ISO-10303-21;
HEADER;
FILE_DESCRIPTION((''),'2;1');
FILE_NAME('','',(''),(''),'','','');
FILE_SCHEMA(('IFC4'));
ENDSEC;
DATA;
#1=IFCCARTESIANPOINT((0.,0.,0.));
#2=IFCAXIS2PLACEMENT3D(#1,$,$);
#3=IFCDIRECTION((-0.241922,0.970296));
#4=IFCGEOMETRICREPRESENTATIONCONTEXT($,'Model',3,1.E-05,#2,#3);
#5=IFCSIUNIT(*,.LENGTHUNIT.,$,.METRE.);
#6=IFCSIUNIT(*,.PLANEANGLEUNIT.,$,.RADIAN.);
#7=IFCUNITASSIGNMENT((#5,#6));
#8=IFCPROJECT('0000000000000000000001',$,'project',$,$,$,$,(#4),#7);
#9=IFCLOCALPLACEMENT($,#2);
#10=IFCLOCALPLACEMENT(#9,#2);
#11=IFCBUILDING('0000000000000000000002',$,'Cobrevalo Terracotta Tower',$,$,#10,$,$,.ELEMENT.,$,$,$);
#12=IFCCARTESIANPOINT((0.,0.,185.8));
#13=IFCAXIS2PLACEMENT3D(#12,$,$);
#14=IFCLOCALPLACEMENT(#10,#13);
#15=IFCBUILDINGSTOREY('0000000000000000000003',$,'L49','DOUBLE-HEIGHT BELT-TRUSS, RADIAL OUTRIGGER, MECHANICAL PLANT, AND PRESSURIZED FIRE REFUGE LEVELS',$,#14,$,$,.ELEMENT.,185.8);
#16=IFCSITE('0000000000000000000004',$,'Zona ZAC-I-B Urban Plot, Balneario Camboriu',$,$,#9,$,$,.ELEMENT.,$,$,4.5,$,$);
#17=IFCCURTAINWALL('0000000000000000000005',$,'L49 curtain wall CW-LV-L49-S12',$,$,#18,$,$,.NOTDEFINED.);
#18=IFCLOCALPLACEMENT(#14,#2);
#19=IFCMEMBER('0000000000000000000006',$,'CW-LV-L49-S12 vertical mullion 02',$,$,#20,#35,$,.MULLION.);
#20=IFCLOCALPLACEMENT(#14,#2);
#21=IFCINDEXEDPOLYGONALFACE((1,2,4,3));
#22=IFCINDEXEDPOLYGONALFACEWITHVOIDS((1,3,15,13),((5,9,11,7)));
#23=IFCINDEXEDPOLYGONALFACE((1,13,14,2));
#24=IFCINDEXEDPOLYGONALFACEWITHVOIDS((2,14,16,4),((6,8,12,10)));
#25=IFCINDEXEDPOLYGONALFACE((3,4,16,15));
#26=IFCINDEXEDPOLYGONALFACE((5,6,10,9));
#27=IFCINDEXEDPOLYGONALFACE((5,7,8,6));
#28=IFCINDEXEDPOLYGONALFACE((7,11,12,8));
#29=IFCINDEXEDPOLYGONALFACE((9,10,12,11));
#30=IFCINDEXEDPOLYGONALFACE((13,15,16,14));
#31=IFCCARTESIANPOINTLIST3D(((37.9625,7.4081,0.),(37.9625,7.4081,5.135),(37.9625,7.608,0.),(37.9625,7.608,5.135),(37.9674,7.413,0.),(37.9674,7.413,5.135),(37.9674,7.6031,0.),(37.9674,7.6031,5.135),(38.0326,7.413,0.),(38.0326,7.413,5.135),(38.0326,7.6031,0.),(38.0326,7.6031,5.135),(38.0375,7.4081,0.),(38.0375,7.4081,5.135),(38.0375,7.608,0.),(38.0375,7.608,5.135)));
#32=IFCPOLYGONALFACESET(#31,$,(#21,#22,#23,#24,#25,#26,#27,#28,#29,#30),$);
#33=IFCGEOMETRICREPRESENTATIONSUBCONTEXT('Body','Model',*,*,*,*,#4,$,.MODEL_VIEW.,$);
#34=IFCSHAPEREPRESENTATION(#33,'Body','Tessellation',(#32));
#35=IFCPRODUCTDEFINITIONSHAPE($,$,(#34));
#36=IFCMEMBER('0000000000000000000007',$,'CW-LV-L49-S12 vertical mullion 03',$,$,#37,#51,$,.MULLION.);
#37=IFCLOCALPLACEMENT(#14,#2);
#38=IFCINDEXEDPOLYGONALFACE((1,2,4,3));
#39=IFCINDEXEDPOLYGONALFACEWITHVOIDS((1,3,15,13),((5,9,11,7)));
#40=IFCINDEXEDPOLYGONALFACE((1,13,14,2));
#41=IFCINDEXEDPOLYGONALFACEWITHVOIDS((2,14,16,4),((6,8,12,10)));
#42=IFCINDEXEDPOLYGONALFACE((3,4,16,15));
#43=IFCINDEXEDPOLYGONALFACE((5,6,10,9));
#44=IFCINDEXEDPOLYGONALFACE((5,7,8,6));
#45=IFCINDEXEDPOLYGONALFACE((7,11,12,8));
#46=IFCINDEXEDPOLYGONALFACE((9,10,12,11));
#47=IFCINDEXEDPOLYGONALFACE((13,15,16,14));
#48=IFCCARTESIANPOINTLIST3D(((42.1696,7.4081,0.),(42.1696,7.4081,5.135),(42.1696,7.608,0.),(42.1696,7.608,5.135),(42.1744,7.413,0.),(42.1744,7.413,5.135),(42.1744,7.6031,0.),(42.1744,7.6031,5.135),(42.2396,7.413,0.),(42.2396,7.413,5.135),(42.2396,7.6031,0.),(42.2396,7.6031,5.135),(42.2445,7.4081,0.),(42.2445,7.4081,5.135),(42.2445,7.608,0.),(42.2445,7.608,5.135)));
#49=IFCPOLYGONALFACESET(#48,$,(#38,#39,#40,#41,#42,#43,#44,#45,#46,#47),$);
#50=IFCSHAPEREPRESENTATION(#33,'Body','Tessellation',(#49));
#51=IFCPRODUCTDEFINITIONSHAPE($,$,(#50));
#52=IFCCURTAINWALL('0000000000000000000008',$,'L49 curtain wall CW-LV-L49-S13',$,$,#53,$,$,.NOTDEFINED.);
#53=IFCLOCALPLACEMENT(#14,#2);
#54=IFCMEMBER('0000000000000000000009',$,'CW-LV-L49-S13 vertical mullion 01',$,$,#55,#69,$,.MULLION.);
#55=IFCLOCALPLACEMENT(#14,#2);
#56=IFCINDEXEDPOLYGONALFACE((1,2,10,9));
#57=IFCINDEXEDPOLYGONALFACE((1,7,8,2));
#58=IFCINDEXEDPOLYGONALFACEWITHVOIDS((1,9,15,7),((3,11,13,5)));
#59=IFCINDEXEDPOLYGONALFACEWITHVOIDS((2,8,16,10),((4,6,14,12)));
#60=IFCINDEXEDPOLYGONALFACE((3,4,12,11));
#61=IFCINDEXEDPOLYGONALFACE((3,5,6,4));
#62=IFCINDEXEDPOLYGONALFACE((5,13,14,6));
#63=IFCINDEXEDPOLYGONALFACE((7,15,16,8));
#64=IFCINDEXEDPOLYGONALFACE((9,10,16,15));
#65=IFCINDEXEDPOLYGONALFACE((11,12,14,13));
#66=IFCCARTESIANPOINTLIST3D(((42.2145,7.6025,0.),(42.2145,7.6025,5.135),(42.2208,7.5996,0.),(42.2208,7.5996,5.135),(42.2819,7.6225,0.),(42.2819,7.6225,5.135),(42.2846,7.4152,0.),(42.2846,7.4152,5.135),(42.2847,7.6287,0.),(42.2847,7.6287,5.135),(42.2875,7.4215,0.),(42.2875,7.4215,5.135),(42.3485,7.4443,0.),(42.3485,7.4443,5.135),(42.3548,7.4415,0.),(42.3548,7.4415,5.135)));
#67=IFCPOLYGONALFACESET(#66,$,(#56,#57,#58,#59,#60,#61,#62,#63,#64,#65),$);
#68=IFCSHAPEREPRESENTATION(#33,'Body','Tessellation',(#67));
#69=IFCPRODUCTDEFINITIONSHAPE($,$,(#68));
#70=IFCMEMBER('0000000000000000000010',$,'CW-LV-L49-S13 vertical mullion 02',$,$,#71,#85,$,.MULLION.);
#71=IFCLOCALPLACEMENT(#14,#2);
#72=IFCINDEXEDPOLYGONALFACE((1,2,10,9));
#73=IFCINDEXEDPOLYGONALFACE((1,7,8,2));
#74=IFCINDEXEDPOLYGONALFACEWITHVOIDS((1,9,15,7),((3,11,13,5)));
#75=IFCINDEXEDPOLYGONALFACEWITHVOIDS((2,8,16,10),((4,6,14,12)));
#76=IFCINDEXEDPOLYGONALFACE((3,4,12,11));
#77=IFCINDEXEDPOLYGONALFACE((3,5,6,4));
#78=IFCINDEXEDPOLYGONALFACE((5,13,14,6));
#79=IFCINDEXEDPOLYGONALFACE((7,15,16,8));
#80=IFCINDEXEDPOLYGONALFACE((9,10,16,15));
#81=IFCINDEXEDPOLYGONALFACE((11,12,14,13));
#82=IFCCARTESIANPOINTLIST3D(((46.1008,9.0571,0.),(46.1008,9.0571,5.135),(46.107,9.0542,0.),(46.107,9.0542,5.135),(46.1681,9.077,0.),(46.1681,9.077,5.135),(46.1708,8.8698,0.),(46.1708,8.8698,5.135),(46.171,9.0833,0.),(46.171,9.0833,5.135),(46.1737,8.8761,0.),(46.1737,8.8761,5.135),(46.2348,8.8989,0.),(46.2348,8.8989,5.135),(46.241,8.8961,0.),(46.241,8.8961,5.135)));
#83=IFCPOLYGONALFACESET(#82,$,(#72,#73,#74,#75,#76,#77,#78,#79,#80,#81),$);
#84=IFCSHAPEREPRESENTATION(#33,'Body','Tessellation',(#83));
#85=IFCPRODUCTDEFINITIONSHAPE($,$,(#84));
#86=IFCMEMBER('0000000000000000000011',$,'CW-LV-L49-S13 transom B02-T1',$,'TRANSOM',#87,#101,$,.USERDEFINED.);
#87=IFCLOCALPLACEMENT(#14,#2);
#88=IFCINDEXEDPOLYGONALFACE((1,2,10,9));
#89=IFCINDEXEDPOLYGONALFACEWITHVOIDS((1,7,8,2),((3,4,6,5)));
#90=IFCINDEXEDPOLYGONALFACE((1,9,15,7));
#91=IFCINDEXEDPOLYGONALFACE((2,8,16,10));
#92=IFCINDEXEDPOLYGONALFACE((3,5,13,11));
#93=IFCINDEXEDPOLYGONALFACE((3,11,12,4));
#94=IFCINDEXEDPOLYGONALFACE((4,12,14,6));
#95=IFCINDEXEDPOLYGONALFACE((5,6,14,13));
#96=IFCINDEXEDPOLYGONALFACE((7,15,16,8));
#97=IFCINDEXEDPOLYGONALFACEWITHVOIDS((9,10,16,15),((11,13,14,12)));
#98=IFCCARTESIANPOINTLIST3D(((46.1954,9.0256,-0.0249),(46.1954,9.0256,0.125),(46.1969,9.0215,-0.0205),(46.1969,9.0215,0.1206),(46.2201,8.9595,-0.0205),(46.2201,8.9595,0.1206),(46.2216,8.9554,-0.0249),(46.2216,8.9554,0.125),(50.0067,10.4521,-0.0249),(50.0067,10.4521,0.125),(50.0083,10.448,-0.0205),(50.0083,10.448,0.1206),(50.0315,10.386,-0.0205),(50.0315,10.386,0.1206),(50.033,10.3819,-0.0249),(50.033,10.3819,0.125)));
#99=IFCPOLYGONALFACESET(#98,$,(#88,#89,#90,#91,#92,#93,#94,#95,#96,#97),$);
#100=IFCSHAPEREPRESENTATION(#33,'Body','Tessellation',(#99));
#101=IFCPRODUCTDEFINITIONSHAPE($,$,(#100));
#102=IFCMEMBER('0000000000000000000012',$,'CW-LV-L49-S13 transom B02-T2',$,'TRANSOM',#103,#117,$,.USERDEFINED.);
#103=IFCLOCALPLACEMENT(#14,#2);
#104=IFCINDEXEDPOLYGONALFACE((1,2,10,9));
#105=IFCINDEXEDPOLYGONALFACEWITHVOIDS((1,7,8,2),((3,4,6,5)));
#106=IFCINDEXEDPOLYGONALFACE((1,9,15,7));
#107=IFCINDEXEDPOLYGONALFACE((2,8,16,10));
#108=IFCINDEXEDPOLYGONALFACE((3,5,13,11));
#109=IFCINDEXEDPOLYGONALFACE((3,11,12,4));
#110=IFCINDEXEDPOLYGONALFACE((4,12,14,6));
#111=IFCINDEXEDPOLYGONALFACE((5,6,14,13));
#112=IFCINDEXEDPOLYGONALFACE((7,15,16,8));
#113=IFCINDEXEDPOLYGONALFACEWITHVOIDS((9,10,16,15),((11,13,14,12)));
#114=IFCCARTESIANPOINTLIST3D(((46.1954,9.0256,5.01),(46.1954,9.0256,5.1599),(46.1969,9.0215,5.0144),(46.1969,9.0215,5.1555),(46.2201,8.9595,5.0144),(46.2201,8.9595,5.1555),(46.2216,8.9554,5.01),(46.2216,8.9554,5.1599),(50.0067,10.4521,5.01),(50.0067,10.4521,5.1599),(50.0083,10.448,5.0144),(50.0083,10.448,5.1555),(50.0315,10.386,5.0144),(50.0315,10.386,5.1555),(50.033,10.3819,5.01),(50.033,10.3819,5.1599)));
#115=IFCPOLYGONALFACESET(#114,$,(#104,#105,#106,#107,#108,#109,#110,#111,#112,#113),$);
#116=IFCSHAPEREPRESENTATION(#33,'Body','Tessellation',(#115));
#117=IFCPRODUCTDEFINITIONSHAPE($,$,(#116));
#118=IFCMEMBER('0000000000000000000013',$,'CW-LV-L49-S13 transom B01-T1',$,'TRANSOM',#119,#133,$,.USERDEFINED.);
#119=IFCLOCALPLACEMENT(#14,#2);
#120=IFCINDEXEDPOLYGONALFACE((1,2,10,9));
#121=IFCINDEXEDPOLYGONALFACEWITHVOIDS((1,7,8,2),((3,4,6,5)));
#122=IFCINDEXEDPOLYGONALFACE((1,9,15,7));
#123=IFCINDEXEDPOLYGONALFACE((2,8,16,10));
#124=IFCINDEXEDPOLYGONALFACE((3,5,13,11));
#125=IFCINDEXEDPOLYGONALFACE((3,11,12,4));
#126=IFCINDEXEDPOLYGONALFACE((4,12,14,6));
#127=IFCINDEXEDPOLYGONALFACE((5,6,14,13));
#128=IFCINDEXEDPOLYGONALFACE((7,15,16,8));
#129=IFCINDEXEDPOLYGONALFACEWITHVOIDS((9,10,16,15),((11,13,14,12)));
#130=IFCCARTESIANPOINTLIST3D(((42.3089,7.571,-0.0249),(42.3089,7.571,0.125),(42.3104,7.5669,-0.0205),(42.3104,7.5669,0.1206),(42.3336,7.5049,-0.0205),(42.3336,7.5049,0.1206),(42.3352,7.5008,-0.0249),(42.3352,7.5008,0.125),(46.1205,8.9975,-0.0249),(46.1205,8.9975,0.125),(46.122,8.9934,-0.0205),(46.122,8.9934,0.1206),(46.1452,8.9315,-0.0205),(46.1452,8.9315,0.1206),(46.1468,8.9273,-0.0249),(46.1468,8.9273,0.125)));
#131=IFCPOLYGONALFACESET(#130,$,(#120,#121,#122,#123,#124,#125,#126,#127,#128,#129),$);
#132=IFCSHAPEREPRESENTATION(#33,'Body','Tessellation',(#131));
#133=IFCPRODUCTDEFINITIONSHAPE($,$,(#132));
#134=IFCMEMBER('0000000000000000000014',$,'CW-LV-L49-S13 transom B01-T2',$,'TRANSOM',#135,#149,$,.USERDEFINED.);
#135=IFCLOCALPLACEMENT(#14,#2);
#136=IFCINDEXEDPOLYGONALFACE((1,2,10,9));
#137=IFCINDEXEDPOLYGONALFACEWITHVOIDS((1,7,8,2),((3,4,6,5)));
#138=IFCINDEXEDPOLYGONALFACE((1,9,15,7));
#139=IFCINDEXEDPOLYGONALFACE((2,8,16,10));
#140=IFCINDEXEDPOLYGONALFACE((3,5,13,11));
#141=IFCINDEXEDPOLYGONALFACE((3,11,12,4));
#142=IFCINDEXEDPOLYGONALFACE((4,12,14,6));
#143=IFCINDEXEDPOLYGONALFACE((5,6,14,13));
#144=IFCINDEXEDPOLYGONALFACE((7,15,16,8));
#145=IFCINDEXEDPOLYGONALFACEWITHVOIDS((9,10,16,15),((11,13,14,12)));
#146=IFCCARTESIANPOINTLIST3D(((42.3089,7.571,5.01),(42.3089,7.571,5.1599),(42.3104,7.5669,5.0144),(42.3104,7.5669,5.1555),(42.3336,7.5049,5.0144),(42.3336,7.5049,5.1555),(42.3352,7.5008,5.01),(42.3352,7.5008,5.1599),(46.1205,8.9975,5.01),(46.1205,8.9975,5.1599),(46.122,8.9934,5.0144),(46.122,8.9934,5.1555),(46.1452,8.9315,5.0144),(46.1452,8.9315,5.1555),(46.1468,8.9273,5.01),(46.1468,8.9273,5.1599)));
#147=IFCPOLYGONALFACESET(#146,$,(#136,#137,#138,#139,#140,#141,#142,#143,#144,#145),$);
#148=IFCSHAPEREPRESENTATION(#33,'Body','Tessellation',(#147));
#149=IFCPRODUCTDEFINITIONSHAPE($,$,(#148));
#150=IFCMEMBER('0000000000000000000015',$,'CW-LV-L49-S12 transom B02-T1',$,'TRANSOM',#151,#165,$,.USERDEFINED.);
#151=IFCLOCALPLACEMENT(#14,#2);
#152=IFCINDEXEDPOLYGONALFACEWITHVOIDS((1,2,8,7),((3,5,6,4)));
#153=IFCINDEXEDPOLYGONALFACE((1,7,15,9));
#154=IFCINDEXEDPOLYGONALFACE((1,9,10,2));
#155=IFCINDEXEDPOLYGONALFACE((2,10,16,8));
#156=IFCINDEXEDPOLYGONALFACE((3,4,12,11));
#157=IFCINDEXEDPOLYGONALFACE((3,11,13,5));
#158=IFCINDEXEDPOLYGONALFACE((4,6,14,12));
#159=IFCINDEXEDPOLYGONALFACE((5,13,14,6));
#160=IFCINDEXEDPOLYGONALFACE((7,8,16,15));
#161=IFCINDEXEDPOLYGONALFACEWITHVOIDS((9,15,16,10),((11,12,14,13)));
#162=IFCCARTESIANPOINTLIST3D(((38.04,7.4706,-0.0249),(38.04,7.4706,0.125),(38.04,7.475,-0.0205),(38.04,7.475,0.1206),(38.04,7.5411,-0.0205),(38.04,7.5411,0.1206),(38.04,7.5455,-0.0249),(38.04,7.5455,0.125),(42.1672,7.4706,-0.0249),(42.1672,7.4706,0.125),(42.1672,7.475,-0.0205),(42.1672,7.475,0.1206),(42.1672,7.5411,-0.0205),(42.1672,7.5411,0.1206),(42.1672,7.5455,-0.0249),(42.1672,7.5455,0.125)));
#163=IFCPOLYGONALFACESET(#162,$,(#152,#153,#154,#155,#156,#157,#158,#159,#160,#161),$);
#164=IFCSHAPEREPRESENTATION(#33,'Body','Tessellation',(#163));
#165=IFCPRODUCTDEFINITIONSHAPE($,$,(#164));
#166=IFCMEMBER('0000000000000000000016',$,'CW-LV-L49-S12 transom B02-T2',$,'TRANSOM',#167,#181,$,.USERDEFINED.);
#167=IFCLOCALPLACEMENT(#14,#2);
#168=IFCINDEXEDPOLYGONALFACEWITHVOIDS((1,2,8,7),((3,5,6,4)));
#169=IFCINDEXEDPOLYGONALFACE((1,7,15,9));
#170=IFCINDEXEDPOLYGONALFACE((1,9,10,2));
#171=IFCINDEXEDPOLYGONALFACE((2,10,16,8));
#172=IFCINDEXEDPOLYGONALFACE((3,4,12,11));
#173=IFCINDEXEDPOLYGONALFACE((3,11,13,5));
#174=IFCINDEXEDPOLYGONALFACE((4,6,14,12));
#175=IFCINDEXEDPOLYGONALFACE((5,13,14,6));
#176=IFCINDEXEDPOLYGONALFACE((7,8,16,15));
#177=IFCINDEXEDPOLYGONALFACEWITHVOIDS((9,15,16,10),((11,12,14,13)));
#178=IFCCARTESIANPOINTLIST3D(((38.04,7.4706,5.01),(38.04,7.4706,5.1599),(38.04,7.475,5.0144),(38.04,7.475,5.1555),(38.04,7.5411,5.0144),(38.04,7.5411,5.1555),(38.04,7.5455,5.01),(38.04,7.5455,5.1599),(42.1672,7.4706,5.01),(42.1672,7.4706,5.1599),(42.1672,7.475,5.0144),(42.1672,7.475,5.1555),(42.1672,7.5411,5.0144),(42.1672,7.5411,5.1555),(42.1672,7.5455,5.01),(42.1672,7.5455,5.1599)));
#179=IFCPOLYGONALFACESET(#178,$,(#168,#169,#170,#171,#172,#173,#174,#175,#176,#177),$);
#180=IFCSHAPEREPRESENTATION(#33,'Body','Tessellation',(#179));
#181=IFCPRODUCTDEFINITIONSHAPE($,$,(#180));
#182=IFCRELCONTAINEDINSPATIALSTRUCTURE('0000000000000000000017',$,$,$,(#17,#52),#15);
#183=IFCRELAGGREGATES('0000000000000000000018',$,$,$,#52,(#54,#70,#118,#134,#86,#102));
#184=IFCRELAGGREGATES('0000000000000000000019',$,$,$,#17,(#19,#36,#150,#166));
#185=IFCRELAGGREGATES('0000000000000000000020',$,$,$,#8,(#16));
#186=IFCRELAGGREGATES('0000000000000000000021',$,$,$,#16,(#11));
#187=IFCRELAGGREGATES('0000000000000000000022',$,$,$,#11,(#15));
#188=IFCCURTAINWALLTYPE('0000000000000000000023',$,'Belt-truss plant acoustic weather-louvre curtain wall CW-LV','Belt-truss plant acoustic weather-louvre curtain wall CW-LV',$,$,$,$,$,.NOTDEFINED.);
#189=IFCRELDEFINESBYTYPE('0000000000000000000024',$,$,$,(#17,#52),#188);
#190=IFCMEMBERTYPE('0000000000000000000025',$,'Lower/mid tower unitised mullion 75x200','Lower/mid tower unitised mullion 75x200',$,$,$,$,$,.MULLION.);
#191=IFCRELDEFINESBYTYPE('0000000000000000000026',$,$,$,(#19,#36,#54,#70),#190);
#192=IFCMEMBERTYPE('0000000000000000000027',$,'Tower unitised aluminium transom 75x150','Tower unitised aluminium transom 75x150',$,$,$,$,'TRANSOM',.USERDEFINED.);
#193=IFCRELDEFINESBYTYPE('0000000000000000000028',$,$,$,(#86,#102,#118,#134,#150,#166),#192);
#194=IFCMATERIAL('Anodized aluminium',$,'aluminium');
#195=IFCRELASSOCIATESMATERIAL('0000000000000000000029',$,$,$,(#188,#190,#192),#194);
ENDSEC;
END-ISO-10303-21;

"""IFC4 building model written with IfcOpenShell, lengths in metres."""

from ifc_helpers import new_model, si_unit, direction, frame, origin, origin_2d, place, context, subcontext, project, spatial, hollow_rectangle, extrude, source, transform, mapped, material, material_profile, profile_set, type_object, element, aggregate, save


model = new_model("IFC4")

# Units and contexts
model_context = context("Model", 3, precision=1e-05, world=origin(), true_north=direction((-0.241922, 0.970296)))
body_context = subcontext(model_context, "Body", "Model", "MODEL_VIEW")
ifc_project = project(units=[si_unit("LENGTHUNIT", "METRE"), si_unit("PLANEANGLEUNIT", "RADIAN")], contexts=[model_context])

# Site, building, storey
site_placement = place(None, origin())
site = spatial("IfcSite", under=ifc_project, at=site_placement, Name="Zona ZAC-I-B Urban Plot, Balneario Camboriu", CompositionType="ELEMENT", RefElevation=4.5)
building_placement = place(site_placement, origin())
building = spatial("IfcBuilding", under=site, at=building_placement, Name="Cobrevalo Terracotta Tower", CompositionType="ELEMENT")
storey_placement = place(building_placement, frame((0.0, 0.0, 185.8)))
storey = spatial("IfcBuildingStorey", under=building, at=storey_placement, Name="L49", Description="DOUBLE-HEIGHT BELT-TRUSS, RADIAL OUTRIGGER, MECHANICAL PLANT, AND PRESSURIZED FIRE REFUGE LEVELS", CompositionType="ELEMENT", Elevation=185.8)

# Curtain walls, members
ifc_material_1 = material(Name="Anodized aluminium", Category="aluminium")
curtain_wall_type = type_object("IfcCurtainWallType", Name="Belt-truss plant acoustic weather-louvre curtain wall CW-LV", Description="Belt-truss plant acoustic weather-louvre curtain wall CW-LV", PredefinedType="NOTDEFINED", material=ifc_material_1)
curtain_wall_1_placement = place(storey_placement, origin())
curtain_wall_1 = element("IfcCurtainWall", 1, at=curtain_wall_1_placement, inside=storey, type_object=curtain_wall_type, Name="L49 curtain wall CW-LV-L49-S12", PredefinedType="NOTDEFINED")
ifc_material_profile_1 = material_profile(ifc_material_1, hollow_rectangle(XDim=0.075, YDim=0.2, WallThickness=0.0049, at=origin_2d()), Name="CWM 75x200")
ifc_profile_set_1 = profile_set([ifc_material_profile_1], Name="Anodized aluminium")
member_type_1 = type_object("IfcMemberType", Name="Lower/mid tower unitised mullion 75x200", Description="Lower/mid tower unitised mullion 75x200", PredefinedType="MULLION", material=ifc_profile_set_1)
shared_shape_1 = source(origin(), body_context, "Body", "SweptSolid", [
    extrude(hollow_rectangle(XDim=0.075, YDim=0.2, WallThickness=0.0049, at=origin_2d()), origin(), (0.0, 0.0, 1.0), 5.135),
])
member_1_placement = place(storey_placement, frame((38.0, 7.5081, 0.0), z_axis=(0.0, 0.0, 1.0), x_axis=(1.0, 0.0, 0.0)))
member_1 = element("IfcMember", 2, at=member_1_placement, type_object=member_type_1, Name="CW-LV-L49-S12 vertical mullion 02", PredefinedType="MULLION", context=body_context, shape_type="MappedRepresentation", body=[
    mapped(shared_shape_1, transform((0.0, 0.0, 0.0), scale=1.0)),
])
member_2_placement = place(storey_placement, frame((42.207, 7.5081, 0.0), z_axis=(0.0, 0.0, 1.0), x_axis=(1.0, 0.0, 0.0)))
member_2 = element("IfcMember", 3, at=member_2_placement, type_object=member_type_1, Name="CW-LV-L49-S12 vertical mullion 03", PredefinedType="MULLION", context=body_context, shape_type="MappedRepresentation", body=[
    mapped(shared_shape_1, transform((0.0, 0.0, 0.0), scale=1.0)),
])
curtain_wall_2_placement = place(storey_placement, origin())
curtain_wall_2 = element("IfcCurtainWall", 4, at=curtain_wall_2_placement, inside=storey, type_object=curtain_wall_type, Name="L49 curtain wall CW-LV-L49-S13", PredefinedType="NOTDEFINED")
member_3_placement = place(storey_placement, frame((42.2847, 7.522, 0.0), z_axis=(0.0, 0.0, 1.0), x_axis=(0.936556, 0.350518, 0.0)))
member_3 = element("IfcMember", 5, at=member_3_placement, type_object=member_type_1, Name="CW-LV-L49-S13 vertical mullion 01", PredefinedType="MULLION", context=body_context, shape_type="MappedRepresentation", body=[
    mapped(shared_shape_1, transform((0.0, 0.0, 0.0), scale=1.0)),
])
member_4_placement = place(storey_placement, frame((46.1709, 8.9766, 0.0), z_axis=(0.0, 0.0, 1.0), x_axis=(0.936556, 0.350518, 0.0)))
member_4 = element("IfcMember", 6, at=member_4_placement, type_object=member_type_1, Name="CW-LV-L49-S13 vertical mullion 02", PredefinedType="MULLION", context=body_context, shape_type="MappedRepresentation", body=[
    mapped(shared_shape_1, transform((0.0, 0.0, 0.0), scale=1.0)),
])
ifc_material_profile_2 = material_profile(ifc_material_1, hollow_rectangle(XDim=0.075, YDim=0.1499, WallThickness=0.0044, at=origin_2d()), Name="CWT 75x150")
ifc_profile_set_2 = profile_set([ifc_material_profile_2], Name="Anodized aluminium")
member_type_2 = type_object("IfcMemberType", Name="Tower unitised aluminium transom 75x150", Description="Tower unitised aluminium transom 75x150", ElementType="TRANSOM", PredefinedType="USERDEFINED", material=ifc_profile_set_2)
shared_shape_2 = source(origin(), body_context, "Body", "SweptSolid", [
    extrude(hollow_rectangle(XDim=0.075, YDim=0.1499, WallThickness=0.0044, at=origin_2d()), origin(), (0.0, 0.0, 1.0), 4.0696),
])
member_5_placement = place(storey_placement, frame((46.2085, 8.9905, 0.05), z_axis=(0.936548, 0.350538, 0.0), x_axis=(-0.350538, 0.936548, 0.0)))
member_5 = element("IfcMember", 7, at=member_5_placement, type_object=member_type_2, Name="CW-LV-L49-S13 transom B02-T1", ObjectType="TRANSOM", PredefinedType="USERDEFINED", context=body_context, shape_type="MappedRepresentation", body=[
    mapped(shared_shape_2, transform((0.0, 0.0, 0.0), scale=1.0)),
])
member_6_placement = place(storey_placement, frame((46.2085, 8.9905, 5.085), z_axis=(0.936548, 0.350538, 0.0), x_axis=(-0.350538, 0.936548, 0.0)))
member_6 = element("IfcMember", 8, at=member_6_placement, type_object=member_type_2, Name="CW-LV-L49-S13 transom B02-T2", ObjectType="TRANSOM", PredefinedType="USERDEFINED", context=body_context, shape_type="MappedRepresentation", body=[
    mapped(shared_shape_2, transform((0.0, 0.0, 0.0), scale=1.0)),
])
shared_shape_3 = source(origin(), body_context, "Body", "SweptSolid", [
    extrude(hollow_rectangle(XDim=0.075, YDim=0.1499, WallThickness=0.0044, at=origin_2d()), origin(), (0.0, 0.0, 1.0), 4.0698),
])
member_7_placement = place(storey_placement, frame((42.322, 7.5359, 0.05), z_axis=(0.936556, 0.350519, 0.0), x_axis=(-0.350519, 0.936556, 0.0)))
member_7 = element("IfcMember", 9, at=member_7_placement, type_object=member_type_2, Name="CW-LV-L49-S13 transom B01-T1", ObjectType="TRANSOM", PredefinedType="USERDEFINED", context=body_context, shape_type="MappedRepresentation", body=[
    mapped(shared_shape_3, transform((0.0, 0.0, 0.0), scale=1.0)),
])
member_8_placement = place(storey_placement, frame((42.322, 7.5359, 5.085), z_axis=(0.936556, 0.350519, 0.0), x_axis=(-0.350519, 0.936556, 0.0)))
member_8 = element("IfcMember", 10, at=member_8_placement, type_object=member_type_2, Name="CW-LV-L49-S13 transom B01-T2", ObjectType="TRANSOM", PredefinedType="USERDEFINED", context=body_context, shape_type="MappedRepresentation", body=[
    mapped(shared_shape_3, transform((0.0, 0.0, 0.0), scale=1.0)),
])

# Members
shared_shape_4 = source(origin(), body_context, "Body", "SweptSolid", [
    extrude(hollow_rectangle(XDim=0.075, YDim=0.1499, WallThickness=0.0044, at=origin_2d()), origin(), (0.0, 0.0, 1.0), 4.1272),
])
member_9_placement = place(storey_placement, frame((38.04, 7.5081, 0.05), z_axis=(1.0, 0.0, 0.0), x_axis=(0.0, 1.0, 0.0)))
member_9 = element("IfcMember", 11, at=member_9_placement, type_object=member_type_2, Name="CW-LV-L49-S12 transom B02-T1", ObjectType="TRANSOM", PredefinedType="USERDEFINED", context=body_context, shape_type="MappedRepresentation", body=[
    mapped(shared_shape_4, transform((0.0, 0.0, 0.0), scale=1.0)),
])
member_10_placement = place(storey_placement, frame((38.04, 7.5081, 5.085), z_axis=(1.0, 0.0, 0.0), x_axis=(0.0, 1.0, 0.0)))
member_10 = element("IfcMember", 12, at=member_10_placement, type_object=member_type_2, Name="CW-LV-L49-S12 transom B02-T2", ObjectType="TRANSOM", PredefinedType="USERDEFINED", context=body_context, shape_type="MappedRepresentation", body=[
    mapped(shared_shape_4, transform((0.0, 0.0, 0.0), scale=1.0)),
])

aggregate(curtain_wall_2, [member_3, member_4, member_7, member_8, member_5, member_6])
aggregate(curtain_wall_1, [member_1, member_2, member_9, member_10])

save(model, "model.ifc")
